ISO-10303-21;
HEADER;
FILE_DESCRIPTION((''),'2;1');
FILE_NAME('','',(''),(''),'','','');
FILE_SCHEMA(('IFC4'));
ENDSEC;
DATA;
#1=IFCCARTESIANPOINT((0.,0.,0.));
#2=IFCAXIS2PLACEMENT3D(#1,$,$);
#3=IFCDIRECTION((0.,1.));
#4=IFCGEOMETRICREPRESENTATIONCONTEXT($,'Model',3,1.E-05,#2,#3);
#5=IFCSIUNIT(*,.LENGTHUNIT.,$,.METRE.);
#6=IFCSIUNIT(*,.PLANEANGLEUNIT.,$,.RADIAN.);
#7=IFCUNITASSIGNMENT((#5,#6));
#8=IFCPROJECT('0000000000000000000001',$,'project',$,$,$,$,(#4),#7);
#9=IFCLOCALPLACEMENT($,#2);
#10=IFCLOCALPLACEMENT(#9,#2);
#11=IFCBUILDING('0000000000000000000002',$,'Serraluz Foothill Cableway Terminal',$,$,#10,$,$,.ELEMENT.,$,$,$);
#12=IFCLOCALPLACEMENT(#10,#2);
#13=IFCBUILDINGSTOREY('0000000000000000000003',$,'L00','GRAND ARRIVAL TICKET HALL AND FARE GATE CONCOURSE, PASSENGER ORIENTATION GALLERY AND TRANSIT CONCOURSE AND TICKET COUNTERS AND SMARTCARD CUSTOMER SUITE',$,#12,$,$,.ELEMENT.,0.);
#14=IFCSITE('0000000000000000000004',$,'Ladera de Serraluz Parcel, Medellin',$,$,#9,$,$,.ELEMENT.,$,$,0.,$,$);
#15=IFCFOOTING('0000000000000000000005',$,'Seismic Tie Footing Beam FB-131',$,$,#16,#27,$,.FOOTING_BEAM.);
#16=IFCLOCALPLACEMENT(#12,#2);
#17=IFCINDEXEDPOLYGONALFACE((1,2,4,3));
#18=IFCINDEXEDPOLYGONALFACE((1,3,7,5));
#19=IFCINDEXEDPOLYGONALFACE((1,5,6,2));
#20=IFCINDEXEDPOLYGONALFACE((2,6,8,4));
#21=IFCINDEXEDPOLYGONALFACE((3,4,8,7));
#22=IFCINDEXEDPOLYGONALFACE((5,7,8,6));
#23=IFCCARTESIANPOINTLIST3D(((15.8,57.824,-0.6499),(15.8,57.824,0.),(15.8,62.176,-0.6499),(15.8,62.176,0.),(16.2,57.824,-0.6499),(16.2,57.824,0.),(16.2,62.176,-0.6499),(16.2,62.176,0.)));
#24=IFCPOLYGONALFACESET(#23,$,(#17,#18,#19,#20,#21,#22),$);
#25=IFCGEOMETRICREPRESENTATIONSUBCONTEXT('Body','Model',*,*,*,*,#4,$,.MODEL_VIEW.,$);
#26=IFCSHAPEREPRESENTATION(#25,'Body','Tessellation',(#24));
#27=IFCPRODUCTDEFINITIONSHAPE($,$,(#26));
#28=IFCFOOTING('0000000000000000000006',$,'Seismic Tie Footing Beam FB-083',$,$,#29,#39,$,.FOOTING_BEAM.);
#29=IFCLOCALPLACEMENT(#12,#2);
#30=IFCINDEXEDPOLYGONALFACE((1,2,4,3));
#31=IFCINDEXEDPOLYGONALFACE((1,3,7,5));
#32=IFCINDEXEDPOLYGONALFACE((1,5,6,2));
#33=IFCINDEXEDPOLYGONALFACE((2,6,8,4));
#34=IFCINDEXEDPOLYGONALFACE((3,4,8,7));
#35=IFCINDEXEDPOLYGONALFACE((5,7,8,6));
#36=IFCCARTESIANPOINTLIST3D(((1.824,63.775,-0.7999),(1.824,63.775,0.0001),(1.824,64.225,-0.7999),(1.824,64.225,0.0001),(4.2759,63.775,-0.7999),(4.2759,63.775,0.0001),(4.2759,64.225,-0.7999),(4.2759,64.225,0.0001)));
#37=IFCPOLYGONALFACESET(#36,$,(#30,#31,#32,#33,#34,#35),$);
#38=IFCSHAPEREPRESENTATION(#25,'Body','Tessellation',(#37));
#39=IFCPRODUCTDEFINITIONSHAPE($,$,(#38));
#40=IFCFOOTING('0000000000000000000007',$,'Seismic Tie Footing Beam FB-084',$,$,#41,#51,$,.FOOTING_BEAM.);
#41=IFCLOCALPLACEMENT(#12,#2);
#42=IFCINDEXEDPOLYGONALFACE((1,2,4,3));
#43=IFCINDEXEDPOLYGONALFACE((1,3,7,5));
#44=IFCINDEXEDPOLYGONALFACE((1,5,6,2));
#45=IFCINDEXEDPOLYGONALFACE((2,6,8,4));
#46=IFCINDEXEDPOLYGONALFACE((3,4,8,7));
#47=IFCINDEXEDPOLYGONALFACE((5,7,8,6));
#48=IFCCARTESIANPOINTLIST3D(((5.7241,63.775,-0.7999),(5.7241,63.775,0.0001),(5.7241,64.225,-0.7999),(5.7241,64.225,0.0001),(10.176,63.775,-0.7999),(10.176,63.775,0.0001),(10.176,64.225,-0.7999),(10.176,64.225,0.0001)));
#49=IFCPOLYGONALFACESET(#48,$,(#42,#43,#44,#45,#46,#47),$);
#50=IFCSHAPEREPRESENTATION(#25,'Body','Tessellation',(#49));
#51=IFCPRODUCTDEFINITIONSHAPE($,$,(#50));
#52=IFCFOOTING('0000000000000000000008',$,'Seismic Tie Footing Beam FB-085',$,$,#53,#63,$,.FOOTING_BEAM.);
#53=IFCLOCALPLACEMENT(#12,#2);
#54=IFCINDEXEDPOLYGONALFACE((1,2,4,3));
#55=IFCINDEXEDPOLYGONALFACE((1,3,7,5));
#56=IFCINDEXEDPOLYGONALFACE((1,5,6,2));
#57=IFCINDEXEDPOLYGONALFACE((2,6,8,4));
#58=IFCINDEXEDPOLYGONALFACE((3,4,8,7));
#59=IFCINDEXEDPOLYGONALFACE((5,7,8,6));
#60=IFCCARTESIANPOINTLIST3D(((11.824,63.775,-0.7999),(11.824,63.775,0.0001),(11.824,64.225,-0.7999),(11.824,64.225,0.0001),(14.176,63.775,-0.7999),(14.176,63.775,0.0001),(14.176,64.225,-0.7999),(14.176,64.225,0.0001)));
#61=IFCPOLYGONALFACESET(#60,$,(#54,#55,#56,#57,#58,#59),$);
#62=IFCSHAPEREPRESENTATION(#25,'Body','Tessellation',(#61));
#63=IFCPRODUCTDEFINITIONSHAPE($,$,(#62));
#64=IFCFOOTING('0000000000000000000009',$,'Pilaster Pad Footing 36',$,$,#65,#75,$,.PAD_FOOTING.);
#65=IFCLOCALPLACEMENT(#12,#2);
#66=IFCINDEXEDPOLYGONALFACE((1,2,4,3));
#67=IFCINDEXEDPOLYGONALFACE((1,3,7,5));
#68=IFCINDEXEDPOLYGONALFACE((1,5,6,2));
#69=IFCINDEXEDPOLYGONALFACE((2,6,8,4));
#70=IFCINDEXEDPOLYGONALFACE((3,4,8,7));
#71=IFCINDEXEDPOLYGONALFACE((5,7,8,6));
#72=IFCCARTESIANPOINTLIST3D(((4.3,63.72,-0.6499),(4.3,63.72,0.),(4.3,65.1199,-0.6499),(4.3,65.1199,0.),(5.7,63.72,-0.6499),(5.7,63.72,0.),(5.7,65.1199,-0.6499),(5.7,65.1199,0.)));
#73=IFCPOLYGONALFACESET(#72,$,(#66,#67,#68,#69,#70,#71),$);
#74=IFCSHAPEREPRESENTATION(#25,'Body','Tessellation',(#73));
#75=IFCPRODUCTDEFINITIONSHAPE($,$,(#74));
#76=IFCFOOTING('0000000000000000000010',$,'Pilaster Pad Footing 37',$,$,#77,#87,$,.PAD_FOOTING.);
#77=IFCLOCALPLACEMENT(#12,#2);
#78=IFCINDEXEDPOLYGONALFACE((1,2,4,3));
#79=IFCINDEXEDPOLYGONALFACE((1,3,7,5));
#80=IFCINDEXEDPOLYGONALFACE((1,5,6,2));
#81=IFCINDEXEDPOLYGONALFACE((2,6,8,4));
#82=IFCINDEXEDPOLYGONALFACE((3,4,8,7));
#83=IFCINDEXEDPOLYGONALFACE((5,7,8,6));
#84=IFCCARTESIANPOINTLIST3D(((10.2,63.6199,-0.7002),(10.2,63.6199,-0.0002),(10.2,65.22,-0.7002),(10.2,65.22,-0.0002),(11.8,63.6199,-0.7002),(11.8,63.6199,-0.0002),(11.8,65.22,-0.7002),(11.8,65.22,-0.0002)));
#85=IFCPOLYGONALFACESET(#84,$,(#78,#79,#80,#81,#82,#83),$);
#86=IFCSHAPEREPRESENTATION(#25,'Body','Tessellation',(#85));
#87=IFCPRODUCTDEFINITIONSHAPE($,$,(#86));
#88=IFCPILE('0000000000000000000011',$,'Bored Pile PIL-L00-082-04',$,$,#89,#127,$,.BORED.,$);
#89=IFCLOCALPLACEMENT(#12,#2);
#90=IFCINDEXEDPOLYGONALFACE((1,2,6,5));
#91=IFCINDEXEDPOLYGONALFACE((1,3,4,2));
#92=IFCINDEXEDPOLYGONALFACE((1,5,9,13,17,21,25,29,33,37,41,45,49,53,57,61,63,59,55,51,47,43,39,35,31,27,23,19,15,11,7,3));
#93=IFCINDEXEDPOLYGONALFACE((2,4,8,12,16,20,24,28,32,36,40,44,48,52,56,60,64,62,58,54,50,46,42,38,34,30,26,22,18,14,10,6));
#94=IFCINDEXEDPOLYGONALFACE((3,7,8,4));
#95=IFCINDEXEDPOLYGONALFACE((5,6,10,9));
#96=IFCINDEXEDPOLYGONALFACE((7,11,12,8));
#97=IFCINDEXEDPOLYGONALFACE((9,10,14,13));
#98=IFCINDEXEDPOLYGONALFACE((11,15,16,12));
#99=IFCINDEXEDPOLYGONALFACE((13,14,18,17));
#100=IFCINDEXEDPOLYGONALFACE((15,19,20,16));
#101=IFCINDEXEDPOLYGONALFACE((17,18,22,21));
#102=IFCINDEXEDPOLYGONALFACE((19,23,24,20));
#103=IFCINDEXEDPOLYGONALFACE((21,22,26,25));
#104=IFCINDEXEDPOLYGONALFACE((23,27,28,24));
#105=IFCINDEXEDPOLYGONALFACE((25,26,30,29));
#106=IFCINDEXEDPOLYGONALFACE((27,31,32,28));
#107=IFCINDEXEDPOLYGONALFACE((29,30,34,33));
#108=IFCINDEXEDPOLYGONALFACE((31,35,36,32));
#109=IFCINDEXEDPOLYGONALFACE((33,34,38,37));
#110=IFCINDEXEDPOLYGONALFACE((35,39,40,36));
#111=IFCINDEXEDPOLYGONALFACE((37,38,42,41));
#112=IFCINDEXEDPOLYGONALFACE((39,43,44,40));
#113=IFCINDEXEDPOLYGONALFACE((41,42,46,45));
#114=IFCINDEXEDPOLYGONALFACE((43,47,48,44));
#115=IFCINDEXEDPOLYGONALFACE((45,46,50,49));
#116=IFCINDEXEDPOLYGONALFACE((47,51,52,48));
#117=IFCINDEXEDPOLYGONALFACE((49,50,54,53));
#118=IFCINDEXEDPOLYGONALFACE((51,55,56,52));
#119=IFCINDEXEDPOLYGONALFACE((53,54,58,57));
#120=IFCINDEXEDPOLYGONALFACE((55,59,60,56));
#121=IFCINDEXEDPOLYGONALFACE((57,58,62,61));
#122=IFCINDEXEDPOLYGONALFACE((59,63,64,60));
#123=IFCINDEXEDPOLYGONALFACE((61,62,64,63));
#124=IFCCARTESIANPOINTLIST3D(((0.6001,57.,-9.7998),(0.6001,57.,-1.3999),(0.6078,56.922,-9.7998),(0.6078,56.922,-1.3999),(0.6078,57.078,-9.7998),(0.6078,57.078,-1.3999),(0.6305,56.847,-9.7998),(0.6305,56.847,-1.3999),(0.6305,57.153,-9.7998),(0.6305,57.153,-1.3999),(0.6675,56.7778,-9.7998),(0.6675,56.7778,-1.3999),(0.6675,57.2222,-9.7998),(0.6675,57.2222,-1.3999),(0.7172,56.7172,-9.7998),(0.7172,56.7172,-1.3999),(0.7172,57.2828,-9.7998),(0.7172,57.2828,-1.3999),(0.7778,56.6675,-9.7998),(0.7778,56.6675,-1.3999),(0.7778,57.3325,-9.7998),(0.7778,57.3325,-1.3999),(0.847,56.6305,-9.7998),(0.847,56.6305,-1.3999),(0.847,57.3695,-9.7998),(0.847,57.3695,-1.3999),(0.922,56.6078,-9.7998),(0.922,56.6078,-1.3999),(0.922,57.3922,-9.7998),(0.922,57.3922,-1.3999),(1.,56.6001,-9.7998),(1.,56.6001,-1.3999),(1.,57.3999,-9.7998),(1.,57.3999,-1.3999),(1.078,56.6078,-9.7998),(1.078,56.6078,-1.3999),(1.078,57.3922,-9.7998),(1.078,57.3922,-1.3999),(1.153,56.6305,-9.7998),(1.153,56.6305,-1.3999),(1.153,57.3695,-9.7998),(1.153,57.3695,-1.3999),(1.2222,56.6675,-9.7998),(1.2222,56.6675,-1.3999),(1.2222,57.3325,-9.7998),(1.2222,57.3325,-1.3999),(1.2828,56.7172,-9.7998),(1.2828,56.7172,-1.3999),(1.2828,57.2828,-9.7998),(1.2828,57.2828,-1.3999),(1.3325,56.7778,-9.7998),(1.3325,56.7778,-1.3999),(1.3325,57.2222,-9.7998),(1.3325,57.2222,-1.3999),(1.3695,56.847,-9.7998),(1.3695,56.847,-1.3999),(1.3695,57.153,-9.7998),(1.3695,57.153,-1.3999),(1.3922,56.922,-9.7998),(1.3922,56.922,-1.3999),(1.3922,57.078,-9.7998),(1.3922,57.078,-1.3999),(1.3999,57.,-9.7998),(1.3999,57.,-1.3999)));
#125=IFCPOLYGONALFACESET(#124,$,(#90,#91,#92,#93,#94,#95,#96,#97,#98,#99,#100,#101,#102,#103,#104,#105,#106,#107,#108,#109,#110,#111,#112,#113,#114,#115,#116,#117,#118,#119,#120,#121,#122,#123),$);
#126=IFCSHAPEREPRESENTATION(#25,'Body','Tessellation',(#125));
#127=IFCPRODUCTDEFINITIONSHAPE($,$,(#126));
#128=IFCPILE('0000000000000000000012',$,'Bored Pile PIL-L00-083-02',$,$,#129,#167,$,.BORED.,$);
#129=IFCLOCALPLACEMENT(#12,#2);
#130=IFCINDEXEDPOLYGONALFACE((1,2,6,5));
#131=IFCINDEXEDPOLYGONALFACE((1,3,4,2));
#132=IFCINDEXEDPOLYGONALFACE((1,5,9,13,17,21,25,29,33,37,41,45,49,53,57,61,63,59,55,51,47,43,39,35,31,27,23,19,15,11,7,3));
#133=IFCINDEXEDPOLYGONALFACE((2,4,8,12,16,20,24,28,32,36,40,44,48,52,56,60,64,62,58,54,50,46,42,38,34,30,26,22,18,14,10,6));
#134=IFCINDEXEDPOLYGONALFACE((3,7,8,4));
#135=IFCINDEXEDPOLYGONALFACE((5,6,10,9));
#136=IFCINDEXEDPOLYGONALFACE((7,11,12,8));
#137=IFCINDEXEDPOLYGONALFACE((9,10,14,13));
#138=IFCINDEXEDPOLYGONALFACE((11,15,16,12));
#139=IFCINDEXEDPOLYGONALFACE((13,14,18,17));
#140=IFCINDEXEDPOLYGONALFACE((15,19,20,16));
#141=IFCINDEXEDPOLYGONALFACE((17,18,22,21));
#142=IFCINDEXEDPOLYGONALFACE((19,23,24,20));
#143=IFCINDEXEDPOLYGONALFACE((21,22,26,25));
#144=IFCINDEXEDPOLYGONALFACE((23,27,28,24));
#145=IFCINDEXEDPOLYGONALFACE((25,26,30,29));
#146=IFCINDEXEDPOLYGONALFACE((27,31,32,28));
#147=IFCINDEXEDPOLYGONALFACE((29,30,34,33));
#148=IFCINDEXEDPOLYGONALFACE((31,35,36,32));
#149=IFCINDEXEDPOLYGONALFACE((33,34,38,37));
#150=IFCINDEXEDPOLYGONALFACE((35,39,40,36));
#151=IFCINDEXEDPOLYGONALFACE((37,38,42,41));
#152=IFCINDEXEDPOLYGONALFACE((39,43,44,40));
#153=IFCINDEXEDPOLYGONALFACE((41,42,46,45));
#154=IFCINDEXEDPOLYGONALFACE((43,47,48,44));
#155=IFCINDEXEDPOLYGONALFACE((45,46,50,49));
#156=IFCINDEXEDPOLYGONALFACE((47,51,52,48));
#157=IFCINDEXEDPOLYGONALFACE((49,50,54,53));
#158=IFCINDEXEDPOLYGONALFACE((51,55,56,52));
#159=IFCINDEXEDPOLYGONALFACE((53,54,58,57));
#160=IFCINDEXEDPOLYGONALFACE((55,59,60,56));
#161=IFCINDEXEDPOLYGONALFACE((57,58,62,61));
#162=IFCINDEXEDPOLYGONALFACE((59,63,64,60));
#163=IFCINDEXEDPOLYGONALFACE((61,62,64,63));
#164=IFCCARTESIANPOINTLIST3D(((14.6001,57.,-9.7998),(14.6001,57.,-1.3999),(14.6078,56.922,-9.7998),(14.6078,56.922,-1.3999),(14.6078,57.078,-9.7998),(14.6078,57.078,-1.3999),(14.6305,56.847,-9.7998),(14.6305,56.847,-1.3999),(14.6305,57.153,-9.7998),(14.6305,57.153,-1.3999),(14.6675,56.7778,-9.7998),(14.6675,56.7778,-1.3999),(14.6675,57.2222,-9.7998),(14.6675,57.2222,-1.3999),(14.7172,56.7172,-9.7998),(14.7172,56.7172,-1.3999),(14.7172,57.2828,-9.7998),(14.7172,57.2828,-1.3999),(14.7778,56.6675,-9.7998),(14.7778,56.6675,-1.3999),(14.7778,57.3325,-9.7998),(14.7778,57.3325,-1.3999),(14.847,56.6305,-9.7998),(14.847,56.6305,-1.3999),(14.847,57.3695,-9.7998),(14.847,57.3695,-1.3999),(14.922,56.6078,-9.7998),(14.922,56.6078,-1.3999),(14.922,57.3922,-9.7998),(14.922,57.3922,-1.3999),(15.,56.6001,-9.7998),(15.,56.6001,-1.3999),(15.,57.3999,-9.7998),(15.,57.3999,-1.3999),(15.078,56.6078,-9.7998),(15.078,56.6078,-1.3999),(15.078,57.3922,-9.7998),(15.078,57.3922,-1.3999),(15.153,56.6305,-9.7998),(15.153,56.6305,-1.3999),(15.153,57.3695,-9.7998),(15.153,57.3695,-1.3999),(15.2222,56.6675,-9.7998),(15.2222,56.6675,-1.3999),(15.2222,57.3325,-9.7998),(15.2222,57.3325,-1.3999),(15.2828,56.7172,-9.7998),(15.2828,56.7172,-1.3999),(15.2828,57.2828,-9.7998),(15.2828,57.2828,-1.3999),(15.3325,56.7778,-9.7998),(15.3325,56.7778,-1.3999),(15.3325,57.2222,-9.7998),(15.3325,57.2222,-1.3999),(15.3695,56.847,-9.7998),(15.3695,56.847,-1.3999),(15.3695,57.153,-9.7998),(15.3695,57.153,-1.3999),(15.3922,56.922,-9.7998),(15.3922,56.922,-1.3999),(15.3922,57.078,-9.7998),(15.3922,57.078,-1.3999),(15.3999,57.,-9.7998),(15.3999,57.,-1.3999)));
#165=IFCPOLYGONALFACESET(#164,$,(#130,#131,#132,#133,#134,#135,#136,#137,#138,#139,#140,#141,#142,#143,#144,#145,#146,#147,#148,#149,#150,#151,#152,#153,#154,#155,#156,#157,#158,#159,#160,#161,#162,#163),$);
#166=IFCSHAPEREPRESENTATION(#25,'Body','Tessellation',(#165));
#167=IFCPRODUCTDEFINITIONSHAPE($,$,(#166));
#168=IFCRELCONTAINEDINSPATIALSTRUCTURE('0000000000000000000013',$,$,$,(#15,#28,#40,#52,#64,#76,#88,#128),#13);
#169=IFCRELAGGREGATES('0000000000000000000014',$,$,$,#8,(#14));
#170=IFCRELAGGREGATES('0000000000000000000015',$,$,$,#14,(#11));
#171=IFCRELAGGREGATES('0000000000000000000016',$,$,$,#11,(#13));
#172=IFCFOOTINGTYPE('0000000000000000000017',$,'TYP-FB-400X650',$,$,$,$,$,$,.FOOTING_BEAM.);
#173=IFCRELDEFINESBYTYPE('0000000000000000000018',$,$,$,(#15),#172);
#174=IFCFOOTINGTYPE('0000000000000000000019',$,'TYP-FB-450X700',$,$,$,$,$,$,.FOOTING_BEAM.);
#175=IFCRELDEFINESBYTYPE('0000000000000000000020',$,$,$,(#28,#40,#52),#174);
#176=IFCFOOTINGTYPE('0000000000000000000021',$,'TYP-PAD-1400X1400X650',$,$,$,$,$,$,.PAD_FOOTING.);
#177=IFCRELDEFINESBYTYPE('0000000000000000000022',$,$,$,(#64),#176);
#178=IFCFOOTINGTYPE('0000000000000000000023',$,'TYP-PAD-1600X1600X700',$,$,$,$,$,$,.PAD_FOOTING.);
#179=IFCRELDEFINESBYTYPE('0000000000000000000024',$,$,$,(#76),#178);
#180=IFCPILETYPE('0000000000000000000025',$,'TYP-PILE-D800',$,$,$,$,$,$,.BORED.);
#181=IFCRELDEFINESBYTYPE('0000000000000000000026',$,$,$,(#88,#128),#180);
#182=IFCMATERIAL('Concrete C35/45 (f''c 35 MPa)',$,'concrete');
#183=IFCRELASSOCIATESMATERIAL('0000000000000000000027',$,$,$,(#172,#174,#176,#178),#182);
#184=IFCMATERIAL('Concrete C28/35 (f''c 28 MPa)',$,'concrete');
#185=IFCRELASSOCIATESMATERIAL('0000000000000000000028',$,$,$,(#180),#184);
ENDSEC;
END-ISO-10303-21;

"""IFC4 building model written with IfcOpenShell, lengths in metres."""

from ifc_helpers import new_model, si_unit, direction, frame, origin, origin_2d, place, context, subcontext, project, spatial, rectangle, circle, extrude, material, material_profile, profile_set, type_object, element, save


model = new_model("IFC4")

# Units and contexts
model_context = context("Model", 3, precision=1e-05, world=origin(), true_north=direction((0.0, 1.0)))
body_context = subcontext(model_context, "Body", "Model", "MODEL_VIEW")
ifc_project = project(units=[si_unit("LENGTHUNIT", "METRE"), si_unit("PLANEANGLEUNIT", "RADIAN")], contexts=[model_context])

# Site, building, storey
site_placement = place(None, origin())
site = spatial("IfcSite", under=ifc_project, at=site_placement, Name="Ladera de Serraluz Parcel, Medellin", CompositionType="ELEMENT", RefElevation=0.0)
building_placement = place(site_placement, origin())
building = spatial("IfcBuilding", under=site, at=building_placement, Name="Serraluz Foothill Cableway Terminal", CompositionType="ELEMENT")
storey_placement = place(building_placement, origin())
storey = spatial("IfcBuildingStorey", under=building, at=storey_placement, Name="L00", Description="GRAND ARRIVAL TICKET HALL AND FARE GATE CONCOURSE, PASSENGER ORIENTATION GALLERY AND TRANSIT CONCOURSE AND TICKET COUNTERS AND SMARTCARD CUSTOMER SUITE", CompositionType="ELEMENT", Elevation=0.0)

# Footings
ifc_material_1 = material(Name="Concrete C35/45 (f'c 35 MPa)", Category="concrete")
ifc_material_profile_1 = material_profile(ifc_material_1, rectangle(XDim=0.3999, YDim=0.6499, at=origin_2d()), Name="RC 400x650")
ifc_profile_set_1 = profile_set([ifc_material_profile_1], Name="Concrete C35/45 (f'c 35 MPa)")
footing_type_1 = type_object("IfcFootingType", Name="TYP-FB-400X650", PredefinedType="FOOTING_BEAM", material=ifc_profile_set_1)
footing_1_placement = place(storey_placement, frame((16.0, 57.824, -0.325), z_axis=(0.0, 1.0, 0.0), x_axis=(-1.0, 0.0, 0.0)))
element("IfcFooting", 1, at=footing_1_placement, inside=storey, type_object=footing_type_1, Name="Seismic Tie Footing Beam FB-131", PredefinedType="FOOTING_BEAM", context=body_context, shape_type="SweptSolid", body=[
    extrude(rectangle(XDim=0.3999, YDim=0.6499, at=origin_2d()), origin(), (0.0, 0.0, 1.0), 4.3521),
])
ifc_material_profile_2 = material_profile(ifc_material_1, rectangle(XDim=0.45, YDim=0.8, at=origin_2d()), Name="RC 450x800")
ifc_profile_set_2 = profile_set([ifc_material_profile_2], Name="Concrete C35/45 (f'c 35 MPa)")
footing_type_2 = type_object("IfcFootingType", Name="TYP-FB-450X700", PredefinedType="FOOTING_BEAM", material=ifc_profile_set_2)
footing_2_placement = place(storey_placement, frame((1.824, 64.0, -0.3999), z_axis=(1.0, 0.0, 0.0), x_axis=(0.0, 1.0, 0.0)))
element("IfcFooting", 2, at=footing_2_placement, inside=storey, type_object=footing_type_2, Name="Seismic Tie Footing Beam FB-083", PredefinedType="FOOTING_BEAM", context=body_context, shape_type="SweptSolid", body=[
    extrude(rectangle(XDim=0.45, YDim=0.8, at=origin_2d()), origin(), (0.0, 0.0, 1.0), 2.4519),
])
footing_3_placement = place(storey_placement, frame((5.7241, 64.0, -0.3999), z_axis=(1.0, 0.0, 0.0), x_axis=(0.0, 1.0, 0.0)))
element("IfcFooting", 3, at=footing_3_placement, inside=storey, type_object=footing_type_2, Name="Seismic Tie Footing Beam FB-084", PredefinedType="FOOTING_BEAM", context=body_context, shape_type="SweptSolid", body=[
    extrude(rectangle(XDim=0.45, YDim=0.8, at=origin_2d()), origin(), (0.0, 0.0, 1.0), 4.4519),
])
footing_4_placement = place(storey_placement, frame((11.824, 64.0, -0.3999), z_axis=(1.0, 0.0, 0.0), x_axis=(0.0, 1.0, 0.0)))
element("IfcFooting", 4, at=footing_4_placement, inside=storey, type_object=footing_type_2, Name="Seismic Tie Footing Beam FB-085", PredefinedType="FOOTING_BEAM", context=body_context, shape_type="SweptSolid", body=[
    extrude(rectangle(XDim=0.45, YDim=0.8, at=origin_2d()), origin(), (0.0, 0.0, 1.0), 2.3521),
])
footing_type_3 = type_object("IfcFootingType", Name="TYP-PAD-1400X1400X650", PredefinedType="PAD_FOOTING", material=ifc_material_1)
footing_5_placement = place(storey_placement, frame((5.0, 64.4199, -0.6499), z_axis=(0.0, 0.0, 1.0), x_axis=(1.0, 0.0, 0.0)))
element("IfcFooting", 5, at=footing_5_placement, inside=storey, type_object=footing_type_3, Name="Pilaster Pad Footing 36", PredefinedType="PAD_FOOTING", context=body_context, shape_type="SweptSolid", body=[
    extrude(rectangle(XDim=1.3999, YDim=1.3999, at=origin_2d()), origin(), (0.0, 0.0, 1.0), 0.6499),
])
footing_type_4 = type_object("IfcFootingType", Name="TYP-PAD-1600X1600X700", PredefinedType="PAD_FOOTING", material=ifc_material_1)
footing_6_placement = place(storey_placement, frame((11.0, 64.4199, -0.7002), z_axis=(0.0, 0.0, 1.0), x_axis=(1.0, 0.0, 0.0)))
element("IfcFooting", 6, at=footing_6_placement, inside=storey, type_object=footing_type_4, Name="Pilaster Pad Footing 37", PredefinedType="PAD_FOOTING", context=body_context, shape_type="SweptSolid", body=[
    extrude(rectangle(XDim=1.6001, YDim=1.6001, at=origin_2d()), origin(), (0.0, 0.0, 1.0), 0.7),
])

# Piles
ifc_material_2 = material(Name="Concrete C28/35 (f'c 28 MPa)", Category="concrete")
ifc_material_profile_3 = material_profile(ifc_material_2, circle(Radius=0.3999, at=origin_2d()), Name="BORED PILE D800")
ifc_profile_set_3 = profile_set([ifc_material_profile_3], Name="Concrete C28/35 (f'c 28 MPa)")
pile_type = type_object("IfcPileType", Name="TYP-PILE-D800", PredefinedType="BORED", material=ifc_profile_set_3)
for number, where, z_axis, x_axis, name in (
    (7, (1.0, 57.0, -1.3999), (0.0, 0.0, -1.0), (1.0, 0.0, 0.0), "Bored Pile PIL-L00-082-04"),
    (8, (15.0, 57.0, -1.3999), (0.0, 0.0, -1.0), (1.0, 0.0, 0.0), "Bored Pile PIL-L00-083-02"),
):
    element("IfcPile", number, at=place(storey_placement, frame(where, z_axis=z_axis, x_axis=x_axis)), inside=storey, type_object=pile_type, Name=name, PredefinedType="BORED", context=body_context, shape_type="SweptSolid", body=[
        extrude(circle(Radius=0.3999, at=origin_2d()), origin(), (0.0, 0.0, 1.0), 8.3999),
    ])

save(model, "model.ifc")
